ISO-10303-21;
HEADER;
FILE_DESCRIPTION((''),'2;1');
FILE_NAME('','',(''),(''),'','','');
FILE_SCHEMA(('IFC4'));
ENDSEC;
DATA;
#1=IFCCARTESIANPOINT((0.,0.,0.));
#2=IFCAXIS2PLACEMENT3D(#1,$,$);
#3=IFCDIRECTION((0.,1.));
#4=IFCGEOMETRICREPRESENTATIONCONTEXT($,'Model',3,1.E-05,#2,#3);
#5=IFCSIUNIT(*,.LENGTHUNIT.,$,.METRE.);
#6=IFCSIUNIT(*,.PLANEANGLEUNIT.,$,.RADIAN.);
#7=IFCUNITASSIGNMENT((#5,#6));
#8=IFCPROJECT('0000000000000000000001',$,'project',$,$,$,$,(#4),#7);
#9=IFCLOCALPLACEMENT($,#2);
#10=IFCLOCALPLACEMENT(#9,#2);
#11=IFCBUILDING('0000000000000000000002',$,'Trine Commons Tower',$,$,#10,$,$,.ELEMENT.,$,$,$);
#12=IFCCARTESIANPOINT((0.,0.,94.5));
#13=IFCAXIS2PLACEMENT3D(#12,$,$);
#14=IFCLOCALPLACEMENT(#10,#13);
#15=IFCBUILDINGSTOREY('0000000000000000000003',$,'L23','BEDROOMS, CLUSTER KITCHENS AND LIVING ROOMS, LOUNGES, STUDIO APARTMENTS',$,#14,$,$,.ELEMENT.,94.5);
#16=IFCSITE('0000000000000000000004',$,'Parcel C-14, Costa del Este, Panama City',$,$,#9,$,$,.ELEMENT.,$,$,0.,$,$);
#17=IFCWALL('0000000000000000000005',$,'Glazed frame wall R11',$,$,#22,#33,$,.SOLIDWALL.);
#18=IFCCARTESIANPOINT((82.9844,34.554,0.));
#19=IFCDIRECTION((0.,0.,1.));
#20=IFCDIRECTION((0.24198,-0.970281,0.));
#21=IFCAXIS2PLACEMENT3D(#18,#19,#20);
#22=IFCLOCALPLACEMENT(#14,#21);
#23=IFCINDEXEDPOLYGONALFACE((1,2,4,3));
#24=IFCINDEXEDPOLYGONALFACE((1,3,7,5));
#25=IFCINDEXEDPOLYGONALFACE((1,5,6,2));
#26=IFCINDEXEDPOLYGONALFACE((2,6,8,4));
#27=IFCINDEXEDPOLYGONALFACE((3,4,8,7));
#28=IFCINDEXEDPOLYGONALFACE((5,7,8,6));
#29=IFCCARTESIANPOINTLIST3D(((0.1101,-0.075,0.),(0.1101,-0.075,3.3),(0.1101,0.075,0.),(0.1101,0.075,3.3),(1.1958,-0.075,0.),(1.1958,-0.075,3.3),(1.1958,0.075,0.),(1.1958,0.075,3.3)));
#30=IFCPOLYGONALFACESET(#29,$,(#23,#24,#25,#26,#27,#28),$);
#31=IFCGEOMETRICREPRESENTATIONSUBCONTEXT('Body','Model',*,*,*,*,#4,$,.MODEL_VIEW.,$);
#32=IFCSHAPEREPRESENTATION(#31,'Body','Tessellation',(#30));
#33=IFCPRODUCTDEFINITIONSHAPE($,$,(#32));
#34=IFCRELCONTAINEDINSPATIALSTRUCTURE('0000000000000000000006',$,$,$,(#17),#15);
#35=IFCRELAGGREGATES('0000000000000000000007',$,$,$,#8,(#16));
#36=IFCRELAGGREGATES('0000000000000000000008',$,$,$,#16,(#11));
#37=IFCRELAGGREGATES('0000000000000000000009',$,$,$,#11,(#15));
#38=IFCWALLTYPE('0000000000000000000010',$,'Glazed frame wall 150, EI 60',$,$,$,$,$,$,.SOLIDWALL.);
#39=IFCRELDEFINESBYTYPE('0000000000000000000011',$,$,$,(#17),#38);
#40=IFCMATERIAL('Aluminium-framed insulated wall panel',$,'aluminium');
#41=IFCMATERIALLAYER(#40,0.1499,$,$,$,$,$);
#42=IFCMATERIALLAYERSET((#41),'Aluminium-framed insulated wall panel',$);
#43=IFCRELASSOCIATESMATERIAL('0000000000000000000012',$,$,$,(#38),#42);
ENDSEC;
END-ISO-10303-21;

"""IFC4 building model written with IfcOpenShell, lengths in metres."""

from ifc_helpers import new_model, si_unit, direction, frame, origin, place, context, subcontext, project, spatial, polyline, outline, extrude, material, layer, layer_set, type_object, element, save


model = new_model("IFC4")

# Units and contexts
model_context = context("Model", 3, precision=1e-05, world=origin(), true_north=direction((0.0, 1.0)))
body_context = subcontext(model_context, "Body", "Model", "MODEL_VIEW")
ifc_project = project(units=[si_unit("LENGTHUNIT", "METRE"), si_unit("PLANEANGLEUNIT", "RADIAN")], contexts=[model_context])

# Site, building, storey
site_placement = place(None, origin())
site = spatial("IfcSite", under=ifc_project, at=site_placement, Name="Parcel C-14, Costa del Este, Panama City", CompositionType="ELEMENT", RefElevation=0.0)
building_placement = place(site_placement, origin())
building = spatial("IfcBuilding", under=site, at=building_placement, Name="Trine Commons Tower", CompositionType="ELEMENT")
storey_placement = place(building_placement, frame((0.0, 0.0, 94.5)))
storey = spatial("IfcBuildingStorey", under=building, at=storey_placement, Name="L23", Description="BEDROOMS, CLUSTER KITCHENS AND LIVING ROOMS, LOUNGES, STUDIO APARTMENTS", CompositionType="ELEMENT", Elevation=94.5)

# Wall
ifc_material_1 = material(Name="Aluminium-framed insulated wall panel", Category="aluminium")
ifc_layer_1 = layer(ifc_material_1, 0.1499)
ifc_layer_set_1 = layer_set([ifc_layer_1], Name="Aluminium-framed insulated wall panel")
wall_type_1 = type_object("IfcWallType", Name="Glazed frame wall 150, EI 60", PredefinedType="SOLIDWALL", material=ifc_layer_set_1)
wall_1_placement = place(storey_placement, frame((82.9844, 34.554, 0.0), z_axis=(0.0, 0.0, 1.0), x_axis=(0.24198, -0.970281, 0.0)))
element("IfcWall", 1, at=wall_1_placement, inside=storey, type_object=wall_type_1, Name="Glazed frame wall R11", PredefinedType="SOLIDWALL", context=body_context, shape_type="SweptSolid", body=[
    extrude(outline(polyline([(0.1101, 0.075), (0.1101, -0.075), (1.1958, -0.075), (1.1958, 0.075), (0.1101, 0.075)])), origin(), (0.0, 0.0, 1.0), 3.3),
])

save(model, "model.ifc")
